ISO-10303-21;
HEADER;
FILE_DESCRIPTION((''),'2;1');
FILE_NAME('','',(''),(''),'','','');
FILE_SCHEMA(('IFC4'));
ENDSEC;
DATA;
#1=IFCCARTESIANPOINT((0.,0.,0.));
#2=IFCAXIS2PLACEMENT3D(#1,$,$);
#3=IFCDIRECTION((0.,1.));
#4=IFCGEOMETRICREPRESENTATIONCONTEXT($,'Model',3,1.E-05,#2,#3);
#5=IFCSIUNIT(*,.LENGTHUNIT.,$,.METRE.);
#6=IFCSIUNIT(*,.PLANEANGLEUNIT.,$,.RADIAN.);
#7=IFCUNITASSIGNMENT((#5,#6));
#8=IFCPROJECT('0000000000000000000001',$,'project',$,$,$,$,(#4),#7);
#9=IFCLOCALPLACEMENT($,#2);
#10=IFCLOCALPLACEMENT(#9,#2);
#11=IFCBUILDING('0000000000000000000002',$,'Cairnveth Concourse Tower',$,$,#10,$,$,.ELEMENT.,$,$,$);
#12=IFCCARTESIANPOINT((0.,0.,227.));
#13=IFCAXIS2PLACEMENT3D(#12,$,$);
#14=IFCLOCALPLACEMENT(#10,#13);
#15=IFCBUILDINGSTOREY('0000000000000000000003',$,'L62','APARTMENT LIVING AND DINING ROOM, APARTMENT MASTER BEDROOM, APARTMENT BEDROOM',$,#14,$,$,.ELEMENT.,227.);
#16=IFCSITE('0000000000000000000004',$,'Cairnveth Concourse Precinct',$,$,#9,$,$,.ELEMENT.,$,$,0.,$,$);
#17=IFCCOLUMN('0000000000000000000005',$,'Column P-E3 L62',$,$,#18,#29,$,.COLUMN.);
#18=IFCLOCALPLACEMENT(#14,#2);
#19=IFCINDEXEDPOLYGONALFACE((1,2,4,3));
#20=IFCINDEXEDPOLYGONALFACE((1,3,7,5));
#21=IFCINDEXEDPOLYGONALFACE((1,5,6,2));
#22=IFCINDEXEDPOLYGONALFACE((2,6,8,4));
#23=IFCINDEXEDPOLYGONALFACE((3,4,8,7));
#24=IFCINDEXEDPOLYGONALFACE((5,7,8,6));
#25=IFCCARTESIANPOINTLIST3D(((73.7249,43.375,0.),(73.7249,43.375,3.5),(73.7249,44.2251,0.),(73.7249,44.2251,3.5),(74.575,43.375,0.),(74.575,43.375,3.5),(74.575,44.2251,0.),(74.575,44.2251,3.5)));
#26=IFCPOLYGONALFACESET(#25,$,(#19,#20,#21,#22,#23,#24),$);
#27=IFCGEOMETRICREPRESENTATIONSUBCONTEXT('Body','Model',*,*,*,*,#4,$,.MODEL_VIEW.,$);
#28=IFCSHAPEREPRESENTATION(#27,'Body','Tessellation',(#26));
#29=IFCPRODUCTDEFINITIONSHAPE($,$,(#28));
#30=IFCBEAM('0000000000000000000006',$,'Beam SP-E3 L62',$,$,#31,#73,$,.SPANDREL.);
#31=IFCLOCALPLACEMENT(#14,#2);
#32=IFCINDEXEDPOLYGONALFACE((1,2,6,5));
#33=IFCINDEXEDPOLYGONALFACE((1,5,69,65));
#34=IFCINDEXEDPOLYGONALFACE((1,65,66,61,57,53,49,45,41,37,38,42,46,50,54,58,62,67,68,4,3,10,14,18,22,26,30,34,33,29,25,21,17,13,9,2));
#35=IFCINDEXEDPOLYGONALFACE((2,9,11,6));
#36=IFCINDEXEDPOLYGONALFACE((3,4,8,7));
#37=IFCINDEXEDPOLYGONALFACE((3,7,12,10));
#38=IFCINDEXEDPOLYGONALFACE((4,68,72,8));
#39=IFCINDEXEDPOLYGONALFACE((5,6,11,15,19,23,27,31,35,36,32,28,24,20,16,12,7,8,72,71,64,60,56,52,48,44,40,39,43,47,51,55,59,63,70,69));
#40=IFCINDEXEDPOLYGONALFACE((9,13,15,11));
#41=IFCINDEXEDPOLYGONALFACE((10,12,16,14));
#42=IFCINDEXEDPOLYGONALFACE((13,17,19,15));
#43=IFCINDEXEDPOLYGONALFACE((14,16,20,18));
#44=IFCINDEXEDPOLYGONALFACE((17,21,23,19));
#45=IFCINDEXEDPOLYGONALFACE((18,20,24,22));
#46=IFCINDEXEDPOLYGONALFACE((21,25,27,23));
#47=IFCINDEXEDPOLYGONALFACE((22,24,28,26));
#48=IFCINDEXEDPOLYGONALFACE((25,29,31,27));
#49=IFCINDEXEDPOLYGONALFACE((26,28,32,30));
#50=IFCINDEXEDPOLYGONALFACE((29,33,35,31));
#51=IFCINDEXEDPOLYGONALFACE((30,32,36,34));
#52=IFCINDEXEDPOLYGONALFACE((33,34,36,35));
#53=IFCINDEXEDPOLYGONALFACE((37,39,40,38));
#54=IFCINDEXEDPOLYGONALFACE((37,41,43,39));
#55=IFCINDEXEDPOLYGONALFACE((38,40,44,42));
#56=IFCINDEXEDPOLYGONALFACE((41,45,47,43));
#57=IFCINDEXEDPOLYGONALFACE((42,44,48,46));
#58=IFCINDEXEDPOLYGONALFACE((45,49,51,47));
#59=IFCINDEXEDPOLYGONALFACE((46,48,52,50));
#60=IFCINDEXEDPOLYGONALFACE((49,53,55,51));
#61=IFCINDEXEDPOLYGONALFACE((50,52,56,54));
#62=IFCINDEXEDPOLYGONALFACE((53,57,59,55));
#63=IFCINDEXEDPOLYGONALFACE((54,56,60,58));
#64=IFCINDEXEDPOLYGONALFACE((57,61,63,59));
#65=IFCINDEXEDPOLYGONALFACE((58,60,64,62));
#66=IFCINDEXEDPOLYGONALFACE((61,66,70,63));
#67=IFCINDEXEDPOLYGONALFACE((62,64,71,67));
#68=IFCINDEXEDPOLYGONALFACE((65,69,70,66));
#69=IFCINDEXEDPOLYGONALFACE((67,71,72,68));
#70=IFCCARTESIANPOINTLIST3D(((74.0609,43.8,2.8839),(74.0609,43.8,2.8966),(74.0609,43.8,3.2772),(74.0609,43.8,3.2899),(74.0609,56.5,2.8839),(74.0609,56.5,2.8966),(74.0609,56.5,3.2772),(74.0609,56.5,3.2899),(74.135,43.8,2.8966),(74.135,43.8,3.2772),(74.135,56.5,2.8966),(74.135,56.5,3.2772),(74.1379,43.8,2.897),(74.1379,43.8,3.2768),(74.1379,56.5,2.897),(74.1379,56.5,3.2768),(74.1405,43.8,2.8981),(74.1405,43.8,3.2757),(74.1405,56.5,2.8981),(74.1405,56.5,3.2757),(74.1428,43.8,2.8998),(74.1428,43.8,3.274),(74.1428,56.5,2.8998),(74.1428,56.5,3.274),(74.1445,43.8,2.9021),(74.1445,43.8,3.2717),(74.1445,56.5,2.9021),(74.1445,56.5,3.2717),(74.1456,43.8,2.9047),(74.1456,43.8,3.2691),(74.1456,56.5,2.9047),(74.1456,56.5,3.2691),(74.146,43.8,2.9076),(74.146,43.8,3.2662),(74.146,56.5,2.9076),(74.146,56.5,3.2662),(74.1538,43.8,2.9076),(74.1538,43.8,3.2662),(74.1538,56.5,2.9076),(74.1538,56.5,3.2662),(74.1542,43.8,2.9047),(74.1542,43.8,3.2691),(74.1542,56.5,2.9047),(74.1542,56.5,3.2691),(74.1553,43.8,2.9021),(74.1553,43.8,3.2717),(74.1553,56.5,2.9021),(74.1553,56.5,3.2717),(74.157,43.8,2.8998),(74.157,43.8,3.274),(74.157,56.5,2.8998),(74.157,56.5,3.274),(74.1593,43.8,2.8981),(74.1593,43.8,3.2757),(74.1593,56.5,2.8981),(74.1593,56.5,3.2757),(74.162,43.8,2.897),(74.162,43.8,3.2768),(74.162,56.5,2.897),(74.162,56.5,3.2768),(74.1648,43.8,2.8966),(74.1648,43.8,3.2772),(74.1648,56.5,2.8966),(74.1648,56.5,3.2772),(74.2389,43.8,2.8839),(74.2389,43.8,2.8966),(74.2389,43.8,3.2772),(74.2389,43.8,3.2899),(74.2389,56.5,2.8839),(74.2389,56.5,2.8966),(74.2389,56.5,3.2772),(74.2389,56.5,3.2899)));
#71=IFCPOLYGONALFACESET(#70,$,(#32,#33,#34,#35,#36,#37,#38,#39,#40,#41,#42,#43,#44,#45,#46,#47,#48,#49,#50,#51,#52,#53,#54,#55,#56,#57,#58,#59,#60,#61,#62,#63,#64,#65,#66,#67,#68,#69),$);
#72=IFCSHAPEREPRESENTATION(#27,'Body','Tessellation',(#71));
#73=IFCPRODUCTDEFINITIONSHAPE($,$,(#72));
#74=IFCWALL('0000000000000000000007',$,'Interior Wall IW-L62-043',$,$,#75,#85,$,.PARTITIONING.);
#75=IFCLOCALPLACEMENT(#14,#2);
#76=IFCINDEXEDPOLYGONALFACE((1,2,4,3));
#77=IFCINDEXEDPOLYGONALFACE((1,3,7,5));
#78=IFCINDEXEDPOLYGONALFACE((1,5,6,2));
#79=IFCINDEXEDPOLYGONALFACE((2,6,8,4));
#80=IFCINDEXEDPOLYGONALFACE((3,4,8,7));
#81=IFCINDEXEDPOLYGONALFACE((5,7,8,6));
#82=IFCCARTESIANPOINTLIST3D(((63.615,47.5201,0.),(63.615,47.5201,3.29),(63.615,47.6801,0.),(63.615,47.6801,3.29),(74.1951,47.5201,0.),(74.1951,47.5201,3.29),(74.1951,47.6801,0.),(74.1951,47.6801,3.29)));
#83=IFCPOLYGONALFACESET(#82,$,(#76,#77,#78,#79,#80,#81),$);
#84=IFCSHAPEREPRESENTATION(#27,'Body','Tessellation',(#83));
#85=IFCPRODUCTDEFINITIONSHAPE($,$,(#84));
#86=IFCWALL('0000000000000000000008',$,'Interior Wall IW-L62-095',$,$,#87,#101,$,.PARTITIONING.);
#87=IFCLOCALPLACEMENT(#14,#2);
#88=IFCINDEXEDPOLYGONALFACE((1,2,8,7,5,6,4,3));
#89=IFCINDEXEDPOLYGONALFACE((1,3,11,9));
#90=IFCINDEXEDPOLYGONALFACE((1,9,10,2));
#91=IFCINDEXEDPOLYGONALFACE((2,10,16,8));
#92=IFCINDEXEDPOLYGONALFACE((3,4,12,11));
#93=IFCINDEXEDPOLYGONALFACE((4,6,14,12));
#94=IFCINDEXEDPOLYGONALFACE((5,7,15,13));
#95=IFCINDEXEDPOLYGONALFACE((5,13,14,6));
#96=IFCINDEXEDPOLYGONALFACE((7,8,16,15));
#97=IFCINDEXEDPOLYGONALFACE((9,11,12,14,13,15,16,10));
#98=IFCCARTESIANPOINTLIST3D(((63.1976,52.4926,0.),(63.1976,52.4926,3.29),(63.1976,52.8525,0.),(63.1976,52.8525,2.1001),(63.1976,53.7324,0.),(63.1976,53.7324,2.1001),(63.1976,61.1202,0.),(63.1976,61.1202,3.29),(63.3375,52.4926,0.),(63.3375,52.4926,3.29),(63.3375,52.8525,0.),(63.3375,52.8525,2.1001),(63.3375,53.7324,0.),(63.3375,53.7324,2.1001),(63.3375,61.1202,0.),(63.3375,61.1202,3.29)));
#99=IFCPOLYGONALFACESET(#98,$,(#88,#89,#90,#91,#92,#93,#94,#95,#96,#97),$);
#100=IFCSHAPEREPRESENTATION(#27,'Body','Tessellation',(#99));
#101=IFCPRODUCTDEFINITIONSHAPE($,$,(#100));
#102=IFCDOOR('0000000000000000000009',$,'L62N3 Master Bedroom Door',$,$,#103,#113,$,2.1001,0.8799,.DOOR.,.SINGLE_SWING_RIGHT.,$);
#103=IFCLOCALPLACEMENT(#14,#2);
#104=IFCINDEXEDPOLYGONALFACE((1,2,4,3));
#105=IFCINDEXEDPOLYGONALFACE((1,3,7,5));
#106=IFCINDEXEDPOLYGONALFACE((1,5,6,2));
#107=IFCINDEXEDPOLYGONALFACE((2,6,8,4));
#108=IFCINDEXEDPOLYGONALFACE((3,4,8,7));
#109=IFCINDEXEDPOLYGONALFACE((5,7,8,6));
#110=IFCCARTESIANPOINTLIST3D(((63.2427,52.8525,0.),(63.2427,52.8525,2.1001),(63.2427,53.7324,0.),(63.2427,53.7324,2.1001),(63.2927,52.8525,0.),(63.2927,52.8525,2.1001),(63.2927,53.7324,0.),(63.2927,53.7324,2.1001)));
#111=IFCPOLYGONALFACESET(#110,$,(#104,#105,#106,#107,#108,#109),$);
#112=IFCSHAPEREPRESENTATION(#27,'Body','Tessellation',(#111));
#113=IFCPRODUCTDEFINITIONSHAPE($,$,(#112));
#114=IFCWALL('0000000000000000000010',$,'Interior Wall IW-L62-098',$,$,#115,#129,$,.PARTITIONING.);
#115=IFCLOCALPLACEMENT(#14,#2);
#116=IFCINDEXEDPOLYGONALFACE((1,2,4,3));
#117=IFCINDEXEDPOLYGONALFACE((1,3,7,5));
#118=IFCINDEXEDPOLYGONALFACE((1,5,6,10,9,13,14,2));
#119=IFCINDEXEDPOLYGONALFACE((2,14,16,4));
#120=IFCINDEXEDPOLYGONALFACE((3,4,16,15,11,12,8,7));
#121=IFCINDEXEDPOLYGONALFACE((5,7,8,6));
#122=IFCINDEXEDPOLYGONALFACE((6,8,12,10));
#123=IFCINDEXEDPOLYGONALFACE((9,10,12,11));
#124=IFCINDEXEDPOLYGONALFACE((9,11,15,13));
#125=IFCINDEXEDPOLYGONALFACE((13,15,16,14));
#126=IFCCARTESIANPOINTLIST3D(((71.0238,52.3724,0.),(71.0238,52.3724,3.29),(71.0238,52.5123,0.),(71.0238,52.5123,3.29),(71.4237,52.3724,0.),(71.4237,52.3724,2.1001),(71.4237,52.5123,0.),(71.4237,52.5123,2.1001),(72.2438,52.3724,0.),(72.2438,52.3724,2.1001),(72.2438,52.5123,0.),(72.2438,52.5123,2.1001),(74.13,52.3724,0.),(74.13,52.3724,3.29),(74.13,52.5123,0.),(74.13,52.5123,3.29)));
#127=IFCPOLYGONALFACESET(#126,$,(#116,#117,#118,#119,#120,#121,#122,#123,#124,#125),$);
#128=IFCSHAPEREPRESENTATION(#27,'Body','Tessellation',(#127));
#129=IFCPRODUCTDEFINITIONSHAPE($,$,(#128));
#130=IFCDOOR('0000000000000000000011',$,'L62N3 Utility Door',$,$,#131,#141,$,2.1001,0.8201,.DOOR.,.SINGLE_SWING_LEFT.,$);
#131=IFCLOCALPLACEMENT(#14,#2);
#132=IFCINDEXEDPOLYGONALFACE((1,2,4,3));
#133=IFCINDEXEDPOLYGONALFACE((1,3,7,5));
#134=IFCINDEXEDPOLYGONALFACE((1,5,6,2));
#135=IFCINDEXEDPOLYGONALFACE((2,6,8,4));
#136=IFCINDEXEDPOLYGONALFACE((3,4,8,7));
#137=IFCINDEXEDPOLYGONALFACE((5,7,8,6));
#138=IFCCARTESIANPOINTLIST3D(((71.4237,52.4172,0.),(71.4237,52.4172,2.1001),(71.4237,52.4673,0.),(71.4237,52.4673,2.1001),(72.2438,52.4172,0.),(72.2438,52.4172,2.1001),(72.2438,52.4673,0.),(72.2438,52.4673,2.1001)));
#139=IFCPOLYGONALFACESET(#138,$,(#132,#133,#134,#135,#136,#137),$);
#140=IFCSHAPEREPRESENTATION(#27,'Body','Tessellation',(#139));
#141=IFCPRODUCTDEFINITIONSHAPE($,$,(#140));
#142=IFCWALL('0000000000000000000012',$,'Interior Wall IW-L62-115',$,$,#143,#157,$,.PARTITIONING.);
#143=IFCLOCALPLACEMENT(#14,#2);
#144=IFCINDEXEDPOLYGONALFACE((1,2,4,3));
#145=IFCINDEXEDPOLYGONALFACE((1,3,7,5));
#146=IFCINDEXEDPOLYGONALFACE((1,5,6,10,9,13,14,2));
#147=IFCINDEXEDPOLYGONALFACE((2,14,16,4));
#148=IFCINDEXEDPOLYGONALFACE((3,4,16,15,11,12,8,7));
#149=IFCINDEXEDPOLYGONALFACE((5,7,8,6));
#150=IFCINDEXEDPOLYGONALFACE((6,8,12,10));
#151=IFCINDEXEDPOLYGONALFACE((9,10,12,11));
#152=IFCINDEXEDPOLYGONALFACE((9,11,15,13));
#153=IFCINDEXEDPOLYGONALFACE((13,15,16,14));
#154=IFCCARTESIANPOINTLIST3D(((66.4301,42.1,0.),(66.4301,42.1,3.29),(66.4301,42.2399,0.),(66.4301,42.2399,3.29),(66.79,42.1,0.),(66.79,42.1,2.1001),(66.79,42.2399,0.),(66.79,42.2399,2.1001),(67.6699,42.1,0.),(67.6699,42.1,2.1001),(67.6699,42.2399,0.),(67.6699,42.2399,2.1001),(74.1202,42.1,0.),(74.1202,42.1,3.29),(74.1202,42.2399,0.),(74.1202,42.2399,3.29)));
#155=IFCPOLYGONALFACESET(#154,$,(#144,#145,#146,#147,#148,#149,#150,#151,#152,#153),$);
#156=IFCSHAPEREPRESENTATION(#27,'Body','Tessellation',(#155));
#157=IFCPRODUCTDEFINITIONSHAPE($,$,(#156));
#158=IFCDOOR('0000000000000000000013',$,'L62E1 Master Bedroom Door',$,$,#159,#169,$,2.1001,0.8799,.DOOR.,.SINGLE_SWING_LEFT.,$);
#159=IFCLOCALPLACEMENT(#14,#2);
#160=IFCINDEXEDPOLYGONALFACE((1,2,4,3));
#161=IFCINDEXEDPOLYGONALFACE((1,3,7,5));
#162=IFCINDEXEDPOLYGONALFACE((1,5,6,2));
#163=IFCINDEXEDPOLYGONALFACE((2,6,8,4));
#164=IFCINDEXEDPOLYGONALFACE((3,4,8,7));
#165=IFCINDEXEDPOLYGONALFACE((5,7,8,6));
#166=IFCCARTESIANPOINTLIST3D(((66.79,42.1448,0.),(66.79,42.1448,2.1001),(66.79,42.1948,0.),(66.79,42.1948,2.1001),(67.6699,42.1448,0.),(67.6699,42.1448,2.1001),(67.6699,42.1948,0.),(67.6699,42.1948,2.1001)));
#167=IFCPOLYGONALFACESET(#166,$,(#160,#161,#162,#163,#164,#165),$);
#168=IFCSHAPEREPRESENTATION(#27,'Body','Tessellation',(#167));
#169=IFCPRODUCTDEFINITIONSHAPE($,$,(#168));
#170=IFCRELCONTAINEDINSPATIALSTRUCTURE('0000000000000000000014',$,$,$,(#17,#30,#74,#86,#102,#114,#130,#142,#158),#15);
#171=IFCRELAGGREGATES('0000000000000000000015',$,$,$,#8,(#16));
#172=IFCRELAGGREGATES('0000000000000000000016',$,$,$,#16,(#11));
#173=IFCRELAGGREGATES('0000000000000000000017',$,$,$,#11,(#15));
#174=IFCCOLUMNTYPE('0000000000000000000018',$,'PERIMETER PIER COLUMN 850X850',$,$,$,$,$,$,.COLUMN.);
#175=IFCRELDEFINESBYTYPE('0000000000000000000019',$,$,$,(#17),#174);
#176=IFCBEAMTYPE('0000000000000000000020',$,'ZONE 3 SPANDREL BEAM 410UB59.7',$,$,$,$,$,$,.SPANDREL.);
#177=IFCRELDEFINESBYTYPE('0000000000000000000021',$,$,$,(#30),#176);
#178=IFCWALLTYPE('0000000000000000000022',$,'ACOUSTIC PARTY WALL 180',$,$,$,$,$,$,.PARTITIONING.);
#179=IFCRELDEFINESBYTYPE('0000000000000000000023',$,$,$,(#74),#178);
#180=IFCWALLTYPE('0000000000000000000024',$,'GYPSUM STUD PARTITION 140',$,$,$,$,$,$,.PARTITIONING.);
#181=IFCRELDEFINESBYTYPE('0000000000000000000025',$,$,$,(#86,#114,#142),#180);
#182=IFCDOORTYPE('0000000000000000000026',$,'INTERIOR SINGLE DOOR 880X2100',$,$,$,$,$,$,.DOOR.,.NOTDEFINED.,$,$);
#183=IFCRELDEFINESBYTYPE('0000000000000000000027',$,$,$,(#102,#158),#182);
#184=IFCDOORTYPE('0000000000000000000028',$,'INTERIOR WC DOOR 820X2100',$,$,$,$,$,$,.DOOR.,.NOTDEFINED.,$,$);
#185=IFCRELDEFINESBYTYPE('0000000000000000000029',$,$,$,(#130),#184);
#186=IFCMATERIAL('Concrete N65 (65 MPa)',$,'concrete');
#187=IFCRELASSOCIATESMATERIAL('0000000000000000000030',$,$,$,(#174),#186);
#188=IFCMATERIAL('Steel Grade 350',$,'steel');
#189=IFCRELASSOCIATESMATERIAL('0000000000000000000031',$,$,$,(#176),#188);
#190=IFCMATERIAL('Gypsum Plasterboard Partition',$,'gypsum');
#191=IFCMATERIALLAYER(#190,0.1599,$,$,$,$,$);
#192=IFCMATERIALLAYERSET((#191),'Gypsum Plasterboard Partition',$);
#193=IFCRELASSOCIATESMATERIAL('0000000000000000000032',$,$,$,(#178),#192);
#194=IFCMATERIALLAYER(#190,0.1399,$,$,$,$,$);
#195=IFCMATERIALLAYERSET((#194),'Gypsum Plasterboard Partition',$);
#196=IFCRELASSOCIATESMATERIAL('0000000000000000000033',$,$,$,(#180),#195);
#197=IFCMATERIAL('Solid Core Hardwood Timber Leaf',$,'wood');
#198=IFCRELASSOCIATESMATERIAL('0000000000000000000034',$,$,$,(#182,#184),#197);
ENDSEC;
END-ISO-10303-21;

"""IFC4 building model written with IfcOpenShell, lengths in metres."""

from ifc_helpers import new_model, si_unit, direction, frame, frame_2d, origin, origin_2d, place, context, subcontext, project, spatial, rectangle, i_section, extrude, material, layer, layer_set, material_profile, profile_set, type_object, element, fill, save


model = new_model("IFC4")

# Units and contexts
model_context = context("Model", 3, precision=1e-05, world=origin(), true_north=direction((0.0, 1.0)))
body_context = subcontext(model_context, "Body", "Model", "MODEL_VIEW")
ifc_project = project(units=[si_unit("LENGTHUNIT", "METRE"), si_unit("PLANEANGLEUNIT", "RADIAN")], contexts=[model_context])

# Site, building, storey
site_placement = place(None, origin())
site = spatial("IfcSite", under=ifc_project, at=site_placement, Name="Cairnveth Concourse Precinct", CompositionType="ELEMENT", RefElevation=0.0)
building_placement = place(site_placement, origin())
building = spatial("IfcBuilding", under=site, at=building_placement, Name="Cairnveth Concourse Tower", CompositionType="ELEMENT")
storey_placement = place(building_placement, frame((0.0, 0.0, 227.0)))
storey = spatial("IfcBuildingStorey", under=building, at=storey_placement, Name="L62", Description="APARTMENT LIVING AND DINING ROOM, APARTMENT MASTER BEDROOM, APARTMENT BEDROOM", CompositionType="ELEMENT", Elevation=227.0)

# Column
ifc_material_1 = material(Name="Concrete N65 (65 MPa)", Category="concrete")
ifc_material_profile_1 = material_profile(ifc_material_1, rectangle(XDim=0.8501, YDim=0.8501, at=origin_2d()), Name="RC-COL-850x850")
ifc_profile_set_1 = profile_set([ifc_material_profile_1], Name="Concrete N65 (65 MPa)")
column_type = type_object("IfcColumnType", Name="PERIMETER PIER COLUMN 850X850", PredefinedType="COLUMN", material=ifc_profile_set_1)
column_placement = place(storey_placement, frame((74.1499, 43.8, 0.0), z_axis=(0.0, 0.0, 1.0), x_axis=(0.0, 1.0, 0.0)))
element("IfcColumn", 1, at=column_placement, inside=storey, type_object=column_type, Name="Column P-E3 L62", PredefinedType="COLUMN", context=body_context, shape_type="SweptSolid", body=[
    extrude(rectangle(XDim=0.8501, YDim=0.8501, at=origin_2d()), origin(), (0.0, 0.0, 1.0), 3.5),
])

# Beam
ifc_material_2 = material(Name="Steel Grade 350", Category="steel")
ifc_material_profile_2 = material_profile(ifc_material_2, i_section(OverallWidth=0.178, OverallDepth=0.406, WebThickness=0.0078, FlangeThickness=0.0127, FilletRadius=0.011, at=origin_2d()), Name="410UB59.7")
ifc_profile_set_2 = profile_set([ifc_material_profile_2], Name="Steel Grade 350")
beam_type = type_object("IfcBeamType", Name="ZONE 3 SPANDREL BEAM 410UB59.7", PredefinedType="SPANDREL", material=ifc_profile_set_2)
beam_placement = place(storey_placement, frame((74.1499, 43.8, 3.0869), z_axis=(0.0, 1.0, 0.0), x_axis=(-1.0, 0.0, 0.0)))
element("IfcBeam", 2, at=beam_placement, inside=storey, type_object=beam_type, Name="Beam SP-E3 L62", PredefinedType="SPANDREL", context=body_context, shape_type="SweptSolid", body=[
    extrude(i_section(OverallWidth=0.178, OverallDepth=0.406, WebThickness=0.0078, FlangeThickness=0.0127, FilletRadius=0.011, at=origin_2d()), origin(), (0.0, 0.0, 1.0), 12.7),
])

# Wall
ifc_material_3 = material(Name="Gypsum Plasterboard Partition", Category="gypsum")
ifc_layer_1 = layer(ifc_material_3, 0.1599)
ifc_layer_set_1 = layer_set([ifc_layer_1], Name="Gypsum Plasterboard Partition")
wall_type_1 = type_object("IfcWallType", Name="ACOUSTIC PARTY WALL 180", PredefinedType="PARTITIONING", material=ifc_layer_set_1)
wall_1_placement = place(storey_placement, frame((63.615, 47.6001, 0.0), z_axis=(0.0, 0.0, 1.0), x_axis=(1.0, 0.0, 0.0)))
element("IfcWall", 3, at=wall_1_placement, inside=storey, type_object=wall_type_1, Name="Interior Wall IW-L62-043", PredefinedType="PARTITIONING", context=body_context, shape_type="SweptSolid", body=[
    extrude(rectangle(XDim=10.5801, YDim=0.1599, at=frame_2d((5.29, 0.0))), origin(), (0.0, 0.0, 1.0), 3.29),
])

# Walls, openings, doors
ifc_layer_2 = layer(ifc_material_3, 0.1399)
ifc_layer_set_2 = layer_set([ifc_layer_2], Name="Gypsum Plasterboard Partition")
wall_type_2 = type_object("IfcWallType", Name="GYPSUM STUD PARTITION 140", PredefinedType="PARTITIONING", material=ifc_layer_set_2)
wall_2_placement = place(storey_placement, frame((63.2676, 52.4924, 0.0), z_axis=(0.0, 0.0, 1.0), x_axis=(0.0, 1.0, 0.0)))
wall_2 = element("IfcWall", 4, at=wall_2_placement, inside=storey, type_object=wall_type_2, Name="Interior Wall IW-L62-095", PredefinedType="PARTITIONING", context=body_context, shape_type="SweptSolid", body=[
    extrude(rectangle(XDim=8.6277, YDim=0.1399, at=frame_2d((4.314, 0.0))), origin(), (0.0, 0.0, 1.0), 3.29),
])
opening_1_placement = place(wall_2_placement, frame((0.3601, 0.0, 0.0)))
opening_1 = element("IfcOpeningElement", 5, at=opening_1_placement, cuts=wall_2, PredefinedType="OPENING", context=body_context, shape_type="SweptSolid", body=[
    extrude(rectangle(XDim=0.8799, YDim=2.1001, at=frame_2d((0.4399, 1.05))), frame((0.0, 0.0798, 0.0), z_axis=(0.0, -1.0, 0.0), x_axis=(1.0, 0.0, 0.0)), (0.0, 0.0, 1.0), 0.1599),
])
ifc_material_4 = material(Name="Solid Core Hardwood Timber Leaf", Category="wood")
door_type_1 = type_object("IfcDoorType", Name="INTERIOR SINGLE DOOR 880X2100", OperationType="NOTDEFINED", PredefinedType="DOOR", material=ifc_material_4)
door_1_placement = place(opening_1_placement, origin())
door_1 = element("IfcDoor", 6, at=door_1_placement, inside=storey, type_object=door_type_1, Name="L62N3 Master Bedroom Door", OperationType="SINGLE_SWING_RIGHT", OverallHeight=2.1001, OverallWidth=0.8799, PredefinedType="DOOR", context=body_context, shape_type="SweptSolid", body=[
    extrude(rectangle(XDim=0.8799, YDim=2.1001, at=frame_2d((0.4399, 1.05))), frame((0.0, 0.0249, 0.0), z_axis=(0.0, -1.0, 0.0), x_axis=(1.0, 0.0, 0.0)), (0.0, 0.0, 1.0), 0.05),
])
fill(opening_1, door_1)
wall_3_placement = place(storey_placement, frame((71.0237, 52.4424, 0.0), z_axis=(0.0, 0.0, 1.0), x_axis=(1.0, 0.0, 0.0)))
wall_3 = element("IfcWall", 7, at=wall_3_placement, inside=storey, type_object=wall_type_2, Name="Interior Wall IW-L62-098", PredefinedType="PARTITIONING", context=body_context, shape_type="SweptSolid", body=[
    extrude(rectangle(XDim=3.1062, YDim=0.1399, at=frame_2d((1.5532, 0.0))), origin(), (0.0, 0.0, 1.0), 3.29),
])
opening_2_placement = place(wall_3_placement, frame((0.3999, 0.0, 0.0)))
opening_2 = element("IfcOpeningElement", 8, at=opening_2_placement, cuts=wall_3, PredefinedType="OPENING", context=body_context, shape_type="SweptSolid", body=[
    extrude(rectangle(XDim=0.8201, YDim=2.1001, at=frame_2d((0.4102, 1.05))), frame((0.0, 0.0798, 0.0), z_axis=(0.0, -1.0, 0.0), x_axis=(1.0, 0.0, 0.0)), (0.0, 0.0, 1.0), 0.1599),
])
door_type_2 = type_object("IfcDoorType", Name="INTERIOR WC DOOR 820X2100", OperationType="NOTDEFINED", PredefinedType="DOOR", material=ifc_material_4)
door_2_placement = place(opening_2_placement, origin())
door_2 = element("IfcDoor", 9, at=door_2_placement, inside=storey, type_object=door_type_2, Name="L62N3 Utility Door", OperationType="SINGLE_SWING_LEFT", OverallHeight=2.1001, OverallWidth=0.8201, PredefinedType="DOOR", context=body_context, shape_type="SweptSolid", body=[
    extrude(rectangle(XDim=0.8201, YDim=2.1001, at=frame_2d((0.4102, 1.05))), frame((0.0, 0.0249, 0.0), z_axis=(0.0, -1.0, 0.0), x_axis=(1.0, 0.0, 0.0)), (0.0, 0.0, 1.0), 0.05),
])
fill(opening_2, door_2)
wall_4_placement = place(storey_placement, frame((66.4299, 42.1699, 0.0), z_axis=(0.0, 0.0, 1.0), x_axis=(1.0, 0.0, 0.0)))
wall_4 = element("IfcWall", 10, at=wall_4_placement, inside=storey, type_object=wall_type_2, Name="Interior Wall IW-L62-115", PredefinedType="PARTITIONING", context=body_context, shape_type="SweptSolid", body=[
    extrude(rectangle(XDim=7.6902, YDim=0.1399, at=frame_2d((3.8452, 0.0))), origin(), (0.0, 0.0, 1.0), 3.29),
])
opening_3_placement = place(wall_4_placement, frame((0.3601, 0.0, 0.0)))
opening_3 = element("IfcOpeningElement", 11, at=opening_3_placement, cuts=wall_4, PredefinedType="OPENING", context=body_context, shape_type="SweptSolid", body=[
    extrude(rectangle(XDim=0.8799, YDim=2.1001, at=frame_2d((0.4399, 1.05))), frame((0.0, 0.0798, 0.0), z_axis=(0.0, -1.0, 0.0), x_axis=(1.0, 0.0, 0.0)), (0.0, 0.0, 1.0), 0.1599),
])
door_3_placement = place(opening_3_placement, origin())
door_3 = element("IfcDoor", 12, at=door_3_placement, inside=storey, type_object=door_type_1, Name="L62E1 Master Bedroom Door", OperationType="SINGLE_SWING_LEFT", OverallHeight=2.1001, OverallWidth=0.8799, PredefinedType="DOOR", context=body_context, shape_type="SweptSolid", body=[
    extrude(rectangle(XDim=0.8799, YDim=2.1001, at=frame_2d((0.4399, 1.05))), frame((0.0, 0.0249, 0.0), z_axis=(0.0, -1.0, 0.0), x_axis=(1.0, 0.0, 0.0)), (0.0, 0.0, 1.0), 0.05),
])
fill(opening_3, door_3)

save(model, "model.ifc")
